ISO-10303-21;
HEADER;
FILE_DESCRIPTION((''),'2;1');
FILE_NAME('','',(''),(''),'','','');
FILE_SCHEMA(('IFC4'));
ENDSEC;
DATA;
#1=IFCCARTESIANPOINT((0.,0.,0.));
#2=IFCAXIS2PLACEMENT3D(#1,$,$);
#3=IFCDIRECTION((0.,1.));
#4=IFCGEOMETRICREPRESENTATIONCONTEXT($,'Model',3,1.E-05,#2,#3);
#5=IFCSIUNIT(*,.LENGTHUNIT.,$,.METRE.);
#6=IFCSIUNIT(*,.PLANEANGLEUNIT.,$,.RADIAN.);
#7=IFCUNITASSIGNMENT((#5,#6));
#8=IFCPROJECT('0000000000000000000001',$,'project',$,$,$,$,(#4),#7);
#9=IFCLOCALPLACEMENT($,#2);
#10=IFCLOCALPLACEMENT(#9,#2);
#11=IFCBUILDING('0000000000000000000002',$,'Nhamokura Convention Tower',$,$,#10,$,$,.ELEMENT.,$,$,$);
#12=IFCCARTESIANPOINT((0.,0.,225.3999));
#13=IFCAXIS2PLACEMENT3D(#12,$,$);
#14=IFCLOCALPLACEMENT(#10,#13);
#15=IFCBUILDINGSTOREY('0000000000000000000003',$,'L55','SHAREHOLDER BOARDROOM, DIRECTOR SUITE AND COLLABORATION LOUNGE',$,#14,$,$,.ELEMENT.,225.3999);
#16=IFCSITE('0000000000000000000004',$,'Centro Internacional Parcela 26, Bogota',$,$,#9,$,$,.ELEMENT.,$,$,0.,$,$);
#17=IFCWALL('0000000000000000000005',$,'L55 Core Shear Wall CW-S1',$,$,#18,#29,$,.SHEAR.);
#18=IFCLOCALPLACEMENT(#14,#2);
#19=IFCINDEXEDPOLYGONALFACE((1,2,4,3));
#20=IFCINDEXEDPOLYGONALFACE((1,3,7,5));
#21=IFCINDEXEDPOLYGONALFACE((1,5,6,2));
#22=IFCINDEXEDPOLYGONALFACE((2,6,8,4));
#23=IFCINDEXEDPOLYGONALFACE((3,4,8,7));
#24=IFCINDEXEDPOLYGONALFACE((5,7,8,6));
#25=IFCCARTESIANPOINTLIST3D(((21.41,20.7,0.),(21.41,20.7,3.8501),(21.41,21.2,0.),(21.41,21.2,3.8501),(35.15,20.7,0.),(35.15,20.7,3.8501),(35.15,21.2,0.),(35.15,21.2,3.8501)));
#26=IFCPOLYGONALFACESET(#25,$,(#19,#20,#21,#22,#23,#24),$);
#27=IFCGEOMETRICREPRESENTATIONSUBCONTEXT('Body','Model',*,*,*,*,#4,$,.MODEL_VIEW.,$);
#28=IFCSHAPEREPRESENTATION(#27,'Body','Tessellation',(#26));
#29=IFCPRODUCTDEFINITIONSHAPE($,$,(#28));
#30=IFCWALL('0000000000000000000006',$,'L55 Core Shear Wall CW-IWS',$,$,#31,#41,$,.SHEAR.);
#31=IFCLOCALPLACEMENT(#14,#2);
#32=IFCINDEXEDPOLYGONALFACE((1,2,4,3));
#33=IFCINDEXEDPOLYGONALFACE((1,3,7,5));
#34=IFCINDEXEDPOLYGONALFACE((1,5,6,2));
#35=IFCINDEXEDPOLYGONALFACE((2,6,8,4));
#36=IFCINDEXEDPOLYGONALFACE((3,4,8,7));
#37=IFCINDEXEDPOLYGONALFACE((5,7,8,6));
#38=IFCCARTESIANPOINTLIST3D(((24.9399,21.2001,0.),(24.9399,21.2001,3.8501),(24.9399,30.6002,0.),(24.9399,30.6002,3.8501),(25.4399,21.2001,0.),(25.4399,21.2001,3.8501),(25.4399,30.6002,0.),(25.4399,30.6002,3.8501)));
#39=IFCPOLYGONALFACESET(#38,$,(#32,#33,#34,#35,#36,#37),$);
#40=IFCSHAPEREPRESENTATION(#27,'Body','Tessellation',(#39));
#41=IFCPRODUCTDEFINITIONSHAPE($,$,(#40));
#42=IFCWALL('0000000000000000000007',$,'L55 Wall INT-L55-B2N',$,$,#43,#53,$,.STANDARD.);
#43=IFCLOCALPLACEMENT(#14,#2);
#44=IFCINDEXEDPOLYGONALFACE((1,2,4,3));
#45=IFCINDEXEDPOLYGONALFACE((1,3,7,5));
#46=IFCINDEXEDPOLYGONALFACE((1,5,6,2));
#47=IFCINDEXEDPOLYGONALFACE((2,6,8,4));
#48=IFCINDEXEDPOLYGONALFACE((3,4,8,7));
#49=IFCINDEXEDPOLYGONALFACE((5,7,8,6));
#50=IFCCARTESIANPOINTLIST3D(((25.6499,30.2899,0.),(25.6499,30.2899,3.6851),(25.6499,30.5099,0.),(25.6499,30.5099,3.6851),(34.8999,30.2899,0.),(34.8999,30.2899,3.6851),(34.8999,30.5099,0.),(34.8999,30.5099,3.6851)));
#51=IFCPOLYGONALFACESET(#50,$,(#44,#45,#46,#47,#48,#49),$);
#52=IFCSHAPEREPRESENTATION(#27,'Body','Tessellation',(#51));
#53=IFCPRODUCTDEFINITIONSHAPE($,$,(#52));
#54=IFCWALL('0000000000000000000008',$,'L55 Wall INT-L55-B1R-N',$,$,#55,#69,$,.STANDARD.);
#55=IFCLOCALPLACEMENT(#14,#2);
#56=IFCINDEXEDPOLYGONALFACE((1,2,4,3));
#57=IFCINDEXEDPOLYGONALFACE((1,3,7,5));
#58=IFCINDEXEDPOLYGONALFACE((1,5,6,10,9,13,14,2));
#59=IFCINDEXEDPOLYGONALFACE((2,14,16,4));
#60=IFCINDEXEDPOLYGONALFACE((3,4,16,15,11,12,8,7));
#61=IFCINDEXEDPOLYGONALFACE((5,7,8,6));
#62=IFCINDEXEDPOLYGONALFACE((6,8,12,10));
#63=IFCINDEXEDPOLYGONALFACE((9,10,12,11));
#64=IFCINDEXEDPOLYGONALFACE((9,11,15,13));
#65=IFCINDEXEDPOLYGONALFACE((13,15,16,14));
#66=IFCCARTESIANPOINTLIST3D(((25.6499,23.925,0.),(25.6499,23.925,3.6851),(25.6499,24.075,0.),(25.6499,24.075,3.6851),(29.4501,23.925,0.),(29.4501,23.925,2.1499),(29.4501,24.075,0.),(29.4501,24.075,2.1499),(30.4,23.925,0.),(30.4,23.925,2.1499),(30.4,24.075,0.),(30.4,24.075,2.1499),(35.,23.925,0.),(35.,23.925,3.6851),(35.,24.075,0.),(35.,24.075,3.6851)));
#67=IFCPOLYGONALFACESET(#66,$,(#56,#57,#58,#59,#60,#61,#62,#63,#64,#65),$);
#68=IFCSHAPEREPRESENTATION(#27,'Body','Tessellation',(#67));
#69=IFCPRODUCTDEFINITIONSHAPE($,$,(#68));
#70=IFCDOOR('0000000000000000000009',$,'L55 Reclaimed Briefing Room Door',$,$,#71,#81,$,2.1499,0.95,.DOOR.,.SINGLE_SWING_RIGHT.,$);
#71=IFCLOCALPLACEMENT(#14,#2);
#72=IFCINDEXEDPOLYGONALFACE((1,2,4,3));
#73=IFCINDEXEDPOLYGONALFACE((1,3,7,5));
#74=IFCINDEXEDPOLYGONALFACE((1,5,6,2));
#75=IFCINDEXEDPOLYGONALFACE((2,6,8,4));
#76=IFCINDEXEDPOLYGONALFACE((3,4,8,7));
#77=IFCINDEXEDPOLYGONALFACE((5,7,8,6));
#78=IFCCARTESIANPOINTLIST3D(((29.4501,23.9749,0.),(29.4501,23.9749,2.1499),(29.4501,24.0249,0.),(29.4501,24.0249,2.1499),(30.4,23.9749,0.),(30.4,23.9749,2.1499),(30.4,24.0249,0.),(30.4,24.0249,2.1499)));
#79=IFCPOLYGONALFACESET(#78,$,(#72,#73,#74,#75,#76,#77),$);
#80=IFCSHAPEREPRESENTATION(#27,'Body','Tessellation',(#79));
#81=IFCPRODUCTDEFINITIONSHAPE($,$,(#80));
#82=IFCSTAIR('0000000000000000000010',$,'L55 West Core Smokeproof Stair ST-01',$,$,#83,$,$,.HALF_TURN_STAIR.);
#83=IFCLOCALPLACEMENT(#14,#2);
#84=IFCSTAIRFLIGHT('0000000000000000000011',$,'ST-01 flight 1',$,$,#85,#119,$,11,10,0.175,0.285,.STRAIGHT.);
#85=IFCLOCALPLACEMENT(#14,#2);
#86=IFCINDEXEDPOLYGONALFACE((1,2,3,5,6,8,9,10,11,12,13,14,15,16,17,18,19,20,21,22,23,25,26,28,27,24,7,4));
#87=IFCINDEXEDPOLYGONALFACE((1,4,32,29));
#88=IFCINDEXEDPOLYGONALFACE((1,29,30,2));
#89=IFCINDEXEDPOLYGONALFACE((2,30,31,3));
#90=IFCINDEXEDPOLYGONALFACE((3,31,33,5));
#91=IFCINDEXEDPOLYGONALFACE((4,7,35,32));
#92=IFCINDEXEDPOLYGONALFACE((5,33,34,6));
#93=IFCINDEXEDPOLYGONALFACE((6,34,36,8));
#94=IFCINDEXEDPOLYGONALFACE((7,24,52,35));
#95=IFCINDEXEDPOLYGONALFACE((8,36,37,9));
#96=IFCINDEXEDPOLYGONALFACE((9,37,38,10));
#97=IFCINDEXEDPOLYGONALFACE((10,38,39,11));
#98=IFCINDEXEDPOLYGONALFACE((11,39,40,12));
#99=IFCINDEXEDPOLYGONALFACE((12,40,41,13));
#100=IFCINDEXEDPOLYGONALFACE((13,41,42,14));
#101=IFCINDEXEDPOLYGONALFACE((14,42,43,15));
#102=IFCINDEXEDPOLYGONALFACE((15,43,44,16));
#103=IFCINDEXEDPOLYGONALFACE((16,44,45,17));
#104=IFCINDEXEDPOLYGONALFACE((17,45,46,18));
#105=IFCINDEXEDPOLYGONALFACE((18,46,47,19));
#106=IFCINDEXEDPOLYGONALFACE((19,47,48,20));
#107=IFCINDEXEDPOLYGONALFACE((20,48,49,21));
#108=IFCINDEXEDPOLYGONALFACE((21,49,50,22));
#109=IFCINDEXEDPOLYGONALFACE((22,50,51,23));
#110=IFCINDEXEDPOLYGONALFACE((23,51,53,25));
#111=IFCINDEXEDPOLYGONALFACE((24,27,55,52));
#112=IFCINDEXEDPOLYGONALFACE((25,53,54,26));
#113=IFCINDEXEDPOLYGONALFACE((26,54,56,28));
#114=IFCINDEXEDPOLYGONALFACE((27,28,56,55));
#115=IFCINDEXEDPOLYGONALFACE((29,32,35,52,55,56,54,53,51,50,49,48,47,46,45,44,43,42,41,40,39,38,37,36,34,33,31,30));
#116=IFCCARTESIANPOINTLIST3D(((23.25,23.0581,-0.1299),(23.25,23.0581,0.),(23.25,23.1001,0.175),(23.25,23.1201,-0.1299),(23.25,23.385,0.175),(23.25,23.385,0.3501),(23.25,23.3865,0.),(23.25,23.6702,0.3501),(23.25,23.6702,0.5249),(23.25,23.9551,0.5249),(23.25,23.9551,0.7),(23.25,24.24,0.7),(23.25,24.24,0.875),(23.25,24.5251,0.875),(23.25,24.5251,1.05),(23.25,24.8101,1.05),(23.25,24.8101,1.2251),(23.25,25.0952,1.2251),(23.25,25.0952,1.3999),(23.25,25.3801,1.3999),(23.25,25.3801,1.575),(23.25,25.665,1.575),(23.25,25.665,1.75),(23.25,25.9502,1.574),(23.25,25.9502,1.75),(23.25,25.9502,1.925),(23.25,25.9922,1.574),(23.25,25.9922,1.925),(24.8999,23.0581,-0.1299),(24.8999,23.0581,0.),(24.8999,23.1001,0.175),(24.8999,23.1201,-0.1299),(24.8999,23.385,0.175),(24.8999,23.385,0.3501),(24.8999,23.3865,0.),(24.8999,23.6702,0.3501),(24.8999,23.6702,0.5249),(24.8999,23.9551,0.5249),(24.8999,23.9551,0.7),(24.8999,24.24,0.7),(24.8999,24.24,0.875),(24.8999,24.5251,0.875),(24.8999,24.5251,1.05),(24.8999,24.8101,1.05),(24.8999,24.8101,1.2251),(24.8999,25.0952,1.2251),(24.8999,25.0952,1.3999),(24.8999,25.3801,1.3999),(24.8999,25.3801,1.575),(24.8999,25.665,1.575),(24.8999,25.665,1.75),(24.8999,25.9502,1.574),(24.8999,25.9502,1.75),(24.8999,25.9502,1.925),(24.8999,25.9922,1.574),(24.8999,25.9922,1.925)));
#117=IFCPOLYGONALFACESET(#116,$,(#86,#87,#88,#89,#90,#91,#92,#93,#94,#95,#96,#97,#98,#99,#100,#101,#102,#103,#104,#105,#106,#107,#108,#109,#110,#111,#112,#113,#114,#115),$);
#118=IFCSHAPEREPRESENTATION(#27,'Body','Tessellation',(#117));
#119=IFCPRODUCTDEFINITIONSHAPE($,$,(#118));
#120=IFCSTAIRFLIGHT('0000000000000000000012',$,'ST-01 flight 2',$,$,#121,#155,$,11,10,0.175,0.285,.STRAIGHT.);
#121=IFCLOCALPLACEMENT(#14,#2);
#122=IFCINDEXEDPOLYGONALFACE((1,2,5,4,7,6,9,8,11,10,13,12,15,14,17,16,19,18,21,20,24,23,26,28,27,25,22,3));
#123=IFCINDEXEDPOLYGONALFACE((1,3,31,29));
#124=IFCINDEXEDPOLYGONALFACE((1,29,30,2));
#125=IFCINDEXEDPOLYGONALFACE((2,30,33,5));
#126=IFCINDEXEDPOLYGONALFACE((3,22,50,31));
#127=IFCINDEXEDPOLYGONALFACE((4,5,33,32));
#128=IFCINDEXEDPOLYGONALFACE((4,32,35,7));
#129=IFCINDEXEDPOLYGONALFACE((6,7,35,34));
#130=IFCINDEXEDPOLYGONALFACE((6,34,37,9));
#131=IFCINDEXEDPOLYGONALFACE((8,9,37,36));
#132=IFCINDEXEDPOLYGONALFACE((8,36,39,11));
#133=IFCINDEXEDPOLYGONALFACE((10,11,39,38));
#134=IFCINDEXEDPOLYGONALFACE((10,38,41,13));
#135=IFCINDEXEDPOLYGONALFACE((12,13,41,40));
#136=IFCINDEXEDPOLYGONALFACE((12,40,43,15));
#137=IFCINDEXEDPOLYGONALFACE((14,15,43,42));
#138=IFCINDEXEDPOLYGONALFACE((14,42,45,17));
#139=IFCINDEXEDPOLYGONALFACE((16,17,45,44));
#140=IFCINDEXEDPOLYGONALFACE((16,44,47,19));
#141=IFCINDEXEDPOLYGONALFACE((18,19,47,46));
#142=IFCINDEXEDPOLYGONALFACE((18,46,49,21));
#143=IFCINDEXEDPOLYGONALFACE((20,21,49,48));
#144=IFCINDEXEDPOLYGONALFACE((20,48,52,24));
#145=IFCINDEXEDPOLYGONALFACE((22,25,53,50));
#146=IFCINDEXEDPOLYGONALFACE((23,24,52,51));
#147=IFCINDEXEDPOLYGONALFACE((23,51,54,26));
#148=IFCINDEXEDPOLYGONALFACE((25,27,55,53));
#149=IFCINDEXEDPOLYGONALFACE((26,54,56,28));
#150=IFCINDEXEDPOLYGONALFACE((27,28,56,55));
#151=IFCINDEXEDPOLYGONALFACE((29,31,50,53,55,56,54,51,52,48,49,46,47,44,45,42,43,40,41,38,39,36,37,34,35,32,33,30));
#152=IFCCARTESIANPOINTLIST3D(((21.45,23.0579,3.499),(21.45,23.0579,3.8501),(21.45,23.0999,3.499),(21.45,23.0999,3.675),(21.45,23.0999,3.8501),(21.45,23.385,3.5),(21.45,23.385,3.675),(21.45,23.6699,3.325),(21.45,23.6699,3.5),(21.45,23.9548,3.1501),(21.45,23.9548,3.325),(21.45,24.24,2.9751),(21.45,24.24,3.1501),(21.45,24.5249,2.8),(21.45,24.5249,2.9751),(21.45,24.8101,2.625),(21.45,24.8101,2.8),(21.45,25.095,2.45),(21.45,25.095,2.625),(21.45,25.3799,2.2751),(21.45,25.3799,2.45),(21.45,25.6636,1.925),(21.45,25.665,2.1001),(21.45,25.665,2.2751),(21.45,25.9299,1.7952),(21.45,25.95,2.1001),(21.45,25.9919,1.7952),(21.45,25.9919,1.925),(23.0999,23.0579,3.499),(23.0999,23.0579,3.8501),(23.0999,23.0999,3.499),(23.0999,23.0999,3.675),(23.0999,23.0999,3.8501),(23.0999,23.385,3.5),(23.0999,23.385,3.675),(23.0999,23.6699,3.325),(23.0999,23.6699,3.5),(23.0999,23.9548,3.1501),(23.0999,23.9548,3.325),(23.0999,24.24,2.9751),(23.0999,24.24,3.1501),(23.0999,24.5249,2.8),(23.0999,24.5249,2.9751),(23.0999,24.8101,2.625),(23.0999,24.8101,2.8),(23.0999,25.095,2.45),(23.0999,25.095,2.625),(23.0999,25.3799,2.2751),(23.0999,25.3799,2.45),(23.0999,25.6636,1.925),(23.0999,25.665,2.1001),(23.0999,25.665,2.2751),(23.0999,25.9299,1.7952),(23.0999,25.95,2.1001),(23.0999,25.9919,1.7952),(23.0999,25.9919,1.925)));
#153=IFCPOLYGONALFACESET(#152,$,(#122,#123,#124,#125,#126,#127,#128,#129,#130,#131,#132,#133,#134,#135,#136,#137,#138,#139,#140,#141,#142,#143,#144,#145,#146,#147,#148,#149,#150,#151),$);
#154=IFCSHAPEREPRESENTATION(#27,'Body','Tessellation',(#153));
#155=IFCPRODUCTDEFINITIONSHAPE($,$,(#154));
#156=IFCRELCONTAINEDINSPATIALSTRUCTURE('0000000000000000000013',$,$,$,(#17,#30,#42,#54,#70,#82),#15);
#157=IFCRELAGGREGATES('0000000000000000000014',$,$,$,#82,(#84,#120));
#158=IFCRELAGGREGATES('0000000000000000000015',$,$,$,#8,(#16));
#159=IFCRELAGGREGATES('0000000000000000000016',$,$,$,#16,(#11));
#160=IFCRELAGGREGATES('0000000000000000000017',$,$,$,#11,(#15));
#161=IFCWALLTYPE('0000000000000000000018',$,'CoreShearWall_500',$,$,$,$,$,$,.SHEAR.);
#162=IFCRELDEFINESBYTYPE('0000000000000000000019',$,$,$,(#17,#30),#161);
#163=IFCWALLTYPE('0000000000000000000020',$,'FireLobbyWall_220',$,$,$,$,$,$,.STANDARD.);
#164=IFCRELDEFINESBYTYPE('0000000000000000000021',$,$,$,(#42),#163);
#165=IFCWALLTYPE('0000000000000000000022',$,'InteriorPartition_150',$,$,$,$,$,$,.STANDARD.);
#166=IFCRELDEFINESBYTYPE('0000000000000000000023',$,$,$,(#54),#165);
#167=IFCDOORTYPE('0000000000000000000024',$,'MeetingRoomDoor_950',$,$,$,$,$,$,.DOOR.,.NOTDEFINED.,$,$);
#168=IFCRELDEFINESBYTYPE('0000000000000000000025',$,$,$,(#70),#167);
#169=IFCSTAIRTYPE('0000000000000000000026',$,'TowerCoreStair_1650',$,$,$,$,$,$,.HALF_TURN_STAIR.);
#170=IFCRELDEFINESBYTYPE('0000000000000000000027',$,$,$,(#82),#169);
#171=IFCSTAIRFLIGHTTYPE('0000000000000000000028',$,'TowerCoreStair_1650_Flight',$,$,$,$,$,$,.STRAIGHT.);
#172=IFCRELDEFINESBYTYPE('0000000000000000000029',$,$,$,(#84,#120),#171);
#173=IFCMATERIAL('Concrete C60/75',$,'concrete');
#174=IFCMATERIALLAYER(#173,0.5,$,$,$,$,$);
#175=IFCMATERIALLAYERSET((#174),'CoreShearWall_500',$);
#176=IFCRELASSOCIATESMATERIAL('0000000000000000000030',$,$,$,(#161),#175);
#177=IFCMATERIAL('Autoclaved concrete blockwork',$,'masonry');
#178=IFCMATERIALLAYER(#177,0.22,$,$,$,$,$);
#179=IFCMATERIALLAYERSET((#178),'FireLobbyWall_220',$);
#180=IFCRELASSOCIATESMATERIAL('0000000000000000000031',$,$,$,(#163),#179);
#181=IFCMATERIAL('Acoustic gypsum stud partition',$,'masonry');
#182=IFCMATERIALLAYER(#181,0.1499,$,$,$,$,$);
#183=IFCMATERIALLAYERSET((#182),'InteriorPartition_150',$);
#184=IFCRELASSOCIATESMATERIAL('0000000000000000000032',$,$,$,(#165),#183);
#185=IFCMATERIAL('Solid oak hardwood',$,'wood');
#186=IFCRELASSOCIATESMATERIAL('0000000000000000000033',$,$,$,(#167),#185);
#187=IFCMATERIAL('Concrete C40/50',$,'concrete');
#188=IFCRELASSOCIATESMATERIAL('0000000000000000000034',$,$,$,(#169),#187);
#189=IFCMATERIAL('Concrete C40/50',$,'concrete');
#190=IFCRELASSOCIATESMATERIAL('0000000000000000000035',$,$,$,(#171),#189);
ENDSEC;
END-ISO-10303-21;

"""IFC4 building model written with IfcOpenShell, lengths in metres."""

from ifc_helpers import new_model, si_unit, direction, frame, frame_2d, origin, place, context, subcontext, project, spatial, polyline, rectangle, outline, extrude, material, layer, layer_set, type_object, element, fill, aggregate, save


model = new_model("IFC4")

# Units and contexts
model_context = context("Model", 3, precision=1e-05, world=origin(), true_north=direction((0.0, 1.0)))
body_context = subcontext(model_context, "Body", "Model", "MODEL_VIEW")
ifc_project = project(units=[si_unit("LENGTHUNIT", "METRE"), si_unit("PLANEANGLEUNIT", "RADIAN")], contexts=[model_context])

# Site, building, storey
site_placement = place(None, origin())
site = spatial("IfcSite", under=ifc_project, at=site_placement, Name="Centro Internacional Parcela 26, Bogota", CompositionType="ELEMENT", RefElevation=0.0)
building_placement = place(site_placement, origin())
building = spatial("IfcBuilding", under=site, at=building_placement, Name="Nhamokura Convention Tower", CompositionType="ELEMENT")
storey_placement = place(building_placement, frame((0.0, 0.0, 225.3999)))
storey = spatial("IfcBuildingStorey", under=building, at=storey_placement, Name="L55", Description="SHAREHOLDER BOARDROOM, DIRECTOR SUITE AND COLLABORATION LOUNGE", CompositionType="ELEMENT", Elevation=225.3999)

# Shared definitions
ifc_material_1 = material(Name="Concrete C60/75", Category="concrete")
ifc_layer_1 = layer(ifc_material_1, 0.5)
ifc_layer_set_1 = layer_set([ifc_layer_1], Name="CoreShearWall_500")
wall_type_1 = type_object("IfcWallType", Name="CoreShearWall_500", PredefinedType="SHEAR", material=ifc_layer_set_1)

# Walls
wall_1_placement = place(storey_placement, frame((21.4099, 20.95, 0.0), z_axis=(0.0, 0.0, 1.0), x_axis=(1.0, 0.0, 0.0)))
element("IfcWall", 1, at=wall_1_placement, inside=storey, type_object=wall_type_1, Name="L55 Core Shear Wall CW-S1", PredefinedType="SHEAR", context=body_context, shape_type="SweptSolid", body=[
    extrude(rectangle(XDim=13.74, YDim=0.5, at=frame_2d((6.8701, 0.0))), origin(), (0.0, 0.0, 1.0), 3.8501),
])
wall_2_placement = place(storey_placement, frame((25.1899, 21.2, 0.0), z_axis=(0.0, 0.0, 1.0), x_axis=(0.0, 1.0, 0.0)))
element("IfcWall", 2, at=wall_2_placement, inside=storey, type_object=wall_type_1, Name="L55 Core Shear Wall CW-IWS", PredefinedType="SHEAR", context=body_context, shape_type="SweptSolid", body=[
    extrude(rectangle(XDim=9.4001, YDim=0.5, at=frame_2d((4.7002, 0.0))), origin(), (0.0, 0.0, 1.0), 3.8501),
])

# Shared definitions
ifc_material_2 = material(Name="Autoclaved concrete blockwork", Category="masonry")
ifc_layer_2 = layer(ifc_material_2, 0.22)
ifc_layer_set_2 = layer_set([ifc_layer_2], Name="FireLobbyWall_220")
wall_type_2 = type_object("IfcWallType", Name="FireLobbyWall_220", PredefinedType="STANDARD", material=ifc_layer_set_2)

# Wall
wall_3_placement = place(storey_placement, frame((25.6499, 30.3999, 0.0), z_axis=(0.0, 0.0, 1.0), x_axis=(1.0, 0.0, 0.0)))
element("IfcWall", 3, at=wall_3_placement, inside=storey, type_object=wall_type_2, Name="L55 Wall INT-L55-B2N", PredefinedType="STANDARD", context=body_context, shape_type="SweptSolid", body=[
    extrude(rectangle(XDim=9.25, YDim=0.22, at=frame_2d((4.625, 0.0))), origin(), (0.0, 0.0, 1.0), 3.6851),
])

# Wall, opening, door
ifc_material_3 = material(Name="Acoustic gypsum stud partition", Category="masonry")
ifc_layer_3 = layer(ifc_material_3, 0.1499)
ifc_layer_set_3 = layer_set([ifc_layer_3], Name="InteriorPartition_150")
wall_type_3 = type_object("IfcWallType", Name="InteriorPartition_150", PredefinedType="STANDARD", material=ifc_layer_set_3)
wall_4_placement = place(storey_placement, frame((25.6499, 24.0, 0.0), z_axis=(0.0, 0.0, 1.0), x_axis=(1.0, 0.0, 0.0)))
wall_4 = element("IfcWall", 4, at=wall_4_placement, inside=storey, type_object=wall_type_3, Name="L55 Wall INT-L55-B1R-N", PredefinedType="STANDARD", context=body_context, shape_type="SweptSolid", body=[
    extrude(rectangle(XDim=9.3501, YDim=0.1499, at=frame_2d((4.675, 0.0))), origin(), (0.0, 0.0, 1.0), 3.6851),
])
opening_1_placement = place(wall_4_placement, frame((3.8, 0.0, 0.0)))
opening_1 = element("IfcOpeningElement", 5, at=opening_1_placement, cuts=wall_4, PredefinedType="OPENING", context=body_context, shape_type="SweptSolid", body=[
    extrude(rectangle(XDim=0.95, YDim=2.1499, at=frame_2d((0.4751, 1.075))), frame((0.0, 0.085, 0.0), z_axis=(0.0, -1.0, 0.0), x_axis=(1.0, 0.0, 0.0)), (0.0, 0.0, 1.0), 0.1699),
])
ifc_material_4 = material(Name="Solid oak hardwood", Category="wood")
door_type_1 = type_object("IfcDoorType", Name="MeetingRoomDoor_950", OperationType="NOTDEFINED", PredefinedType="DOOR", material=ifc_material_4)
door_1_placement = place(opening_1_placement, origin())
door_1 = element("IfcDoor", 6, at=door_1_placement, inside=storey, type_object=door_type_1, Name="L55 Reclaimed Briefing Room Door", OperationType="SINGLE_SWING_RIGHT", OverallHeight=2.1499, OverallWidth=0.95, PredefinedType="DOOR", context=body_context, shape_type="SweptSolid", body=[
    extrude(rectangle(XDim=0.95, YDim=2.1499, at=frame_2d((0.4751, 1.075))), frame((0.0, 0.0249, 0.0), z_axis=(0.0, -1.0, 0.0), x_axis=(1.0, 0.0, 0.0)), (0.0, 0.0, 1.0), 0.05),
])
fill(opening_1, door_1)

# Stair, stair flights
ifc_material_5 = material(Name="Concrete C40/50", Category="concrete")
stair_type = type_object("IfcStairType", Name="TowerCoreStair_1650", PredefinedType="HALF_TURN_STAIR", material=ifc_material_5)
stair_placement = place(storey_placement, origin())
stair = element("IfcStair", 7, at=stair_placement, inside=storey, type_object=stair_type, Name="L55 West Core Smokeproof Stair ST-01", PredefinedType="HALF_TURN_STAIR")
ifc_material_6 = material(Name="Concrete C40/50", Category="concrete")
stair_flight_type = type_object("IfcStairFlightType", Name="TowerCoreStair_1650_Flight", PredefinedType="STRAIGHT", material=ifc_material_6)
stair_flight_1_placement = place(storey_placement, frame((24.075, 23.1001, 0.0), z_axis=(0.0, 0.0, 1.0), x_axis=(0.0, 1.0, 0.0)))
stair_flight_1 = element("IfcStairFlight", 8, at=stair_flight_1_placement, type_object=stair_flight_type, Name="ST-01 flight 1", NumberOfRisers=11, NumberOfTreads=10, PredefinedType="STRAIGHT", RiserHeight=0.175, TreadLength=0.285, context=body_context, shape_type="SweptSolid", body=[
    extrude(outline(polyline([(-0.042, 0.0), (0.0, 0.175), (0.2849, 0.175), (0.2849, 0.3501), (0.5701, 0.3501), (0.5701, 0.5249), (0.855, 0.5249), (0.855, 0.7), (1.1399, 0.7), (1.1399, 0.875), (1.425, 0.875), (1.425, 1.05), (1.71, 1.05), (1.71, 1.2251), (1.9951, 1.2251), (1.9951, 1.3999), (2.28, 1.3999), (2.28, 1.575), (2.5649, 1.575), (2.5649, 1.75), (2.8501, 1.75), (2.8501, 1.925), (2.8921, 1.925), (2.8921, 1.574), (2.8501, 1.574), (0.2864, 0.0), (0.02, -0.1299), (-0.042, -0.1299), (-0.042, 0.0)])), frame((0.0, 0.825, 0.0), z_axis=(0.0, -1.0, 0.0), x_axis=(1.0, 0.0, 0.0)), (0.0, 0.0, 1.0), 1.6499),
])
stair_flight_2_placement = place(storey_placement, frame((22.2749, 25.95, 1.925), z_axis=(0.0, 0.0, 1.0), x_axis=(0.0, -1.0, 0.0)))
stair_flight_2 = element("IfcStairFlight", 9, at=stair_flight_2_placement, type_object=stair_flight_type, Name="ST-01 flight 2", NumberOfRisers=11, NumberOfTreads=10, PredefinedType="STRAIGHT", RiserHeight=0.175, TreadLength=0.285, context=body_context, shape_type="SweptSolid", body=[
    extrude(outline(polyline([(-0.042, 0.0), (0.0, 0.175), (0.2849, 0.175), (0.2849, 0.3501), (0.5701, 0.3501), (0.5701, 0.5249), (0.855, 0.5249), (0.855, 0.7), (1.1399, 0.7), (1.1399, 0.875), (1.425, 0.875), (1.425, 1.05), (1.71, 1.05), (1.71, 1.2251), (1.9951, 1.2251), (1.9951, 1.3999), (2.28, 1.3999), (2.28, 1.575), (2.5649, 1.575), (2.5649, 1.75), (2.8501, 1.75), (2.8501, 1.925), (2.8921, 1.925), (2.8921, 1.574), (2.8501, 1.574), (0.2864, 0.0), (0.02, -0.1299), (-0.042, -0.1299), (-0.042, 0.0)])), frame((0.0, 0.825, 0.0), z_axis=(0.0, -1.0, 0.0), x_axis=(1.0, 0.0, 0.0)), (0.0, 0.0, 1.0), 1.6499),
])
aggregate(stair, [stair_flight_1, stair_flight_2])

save(model, "model.ifc")
